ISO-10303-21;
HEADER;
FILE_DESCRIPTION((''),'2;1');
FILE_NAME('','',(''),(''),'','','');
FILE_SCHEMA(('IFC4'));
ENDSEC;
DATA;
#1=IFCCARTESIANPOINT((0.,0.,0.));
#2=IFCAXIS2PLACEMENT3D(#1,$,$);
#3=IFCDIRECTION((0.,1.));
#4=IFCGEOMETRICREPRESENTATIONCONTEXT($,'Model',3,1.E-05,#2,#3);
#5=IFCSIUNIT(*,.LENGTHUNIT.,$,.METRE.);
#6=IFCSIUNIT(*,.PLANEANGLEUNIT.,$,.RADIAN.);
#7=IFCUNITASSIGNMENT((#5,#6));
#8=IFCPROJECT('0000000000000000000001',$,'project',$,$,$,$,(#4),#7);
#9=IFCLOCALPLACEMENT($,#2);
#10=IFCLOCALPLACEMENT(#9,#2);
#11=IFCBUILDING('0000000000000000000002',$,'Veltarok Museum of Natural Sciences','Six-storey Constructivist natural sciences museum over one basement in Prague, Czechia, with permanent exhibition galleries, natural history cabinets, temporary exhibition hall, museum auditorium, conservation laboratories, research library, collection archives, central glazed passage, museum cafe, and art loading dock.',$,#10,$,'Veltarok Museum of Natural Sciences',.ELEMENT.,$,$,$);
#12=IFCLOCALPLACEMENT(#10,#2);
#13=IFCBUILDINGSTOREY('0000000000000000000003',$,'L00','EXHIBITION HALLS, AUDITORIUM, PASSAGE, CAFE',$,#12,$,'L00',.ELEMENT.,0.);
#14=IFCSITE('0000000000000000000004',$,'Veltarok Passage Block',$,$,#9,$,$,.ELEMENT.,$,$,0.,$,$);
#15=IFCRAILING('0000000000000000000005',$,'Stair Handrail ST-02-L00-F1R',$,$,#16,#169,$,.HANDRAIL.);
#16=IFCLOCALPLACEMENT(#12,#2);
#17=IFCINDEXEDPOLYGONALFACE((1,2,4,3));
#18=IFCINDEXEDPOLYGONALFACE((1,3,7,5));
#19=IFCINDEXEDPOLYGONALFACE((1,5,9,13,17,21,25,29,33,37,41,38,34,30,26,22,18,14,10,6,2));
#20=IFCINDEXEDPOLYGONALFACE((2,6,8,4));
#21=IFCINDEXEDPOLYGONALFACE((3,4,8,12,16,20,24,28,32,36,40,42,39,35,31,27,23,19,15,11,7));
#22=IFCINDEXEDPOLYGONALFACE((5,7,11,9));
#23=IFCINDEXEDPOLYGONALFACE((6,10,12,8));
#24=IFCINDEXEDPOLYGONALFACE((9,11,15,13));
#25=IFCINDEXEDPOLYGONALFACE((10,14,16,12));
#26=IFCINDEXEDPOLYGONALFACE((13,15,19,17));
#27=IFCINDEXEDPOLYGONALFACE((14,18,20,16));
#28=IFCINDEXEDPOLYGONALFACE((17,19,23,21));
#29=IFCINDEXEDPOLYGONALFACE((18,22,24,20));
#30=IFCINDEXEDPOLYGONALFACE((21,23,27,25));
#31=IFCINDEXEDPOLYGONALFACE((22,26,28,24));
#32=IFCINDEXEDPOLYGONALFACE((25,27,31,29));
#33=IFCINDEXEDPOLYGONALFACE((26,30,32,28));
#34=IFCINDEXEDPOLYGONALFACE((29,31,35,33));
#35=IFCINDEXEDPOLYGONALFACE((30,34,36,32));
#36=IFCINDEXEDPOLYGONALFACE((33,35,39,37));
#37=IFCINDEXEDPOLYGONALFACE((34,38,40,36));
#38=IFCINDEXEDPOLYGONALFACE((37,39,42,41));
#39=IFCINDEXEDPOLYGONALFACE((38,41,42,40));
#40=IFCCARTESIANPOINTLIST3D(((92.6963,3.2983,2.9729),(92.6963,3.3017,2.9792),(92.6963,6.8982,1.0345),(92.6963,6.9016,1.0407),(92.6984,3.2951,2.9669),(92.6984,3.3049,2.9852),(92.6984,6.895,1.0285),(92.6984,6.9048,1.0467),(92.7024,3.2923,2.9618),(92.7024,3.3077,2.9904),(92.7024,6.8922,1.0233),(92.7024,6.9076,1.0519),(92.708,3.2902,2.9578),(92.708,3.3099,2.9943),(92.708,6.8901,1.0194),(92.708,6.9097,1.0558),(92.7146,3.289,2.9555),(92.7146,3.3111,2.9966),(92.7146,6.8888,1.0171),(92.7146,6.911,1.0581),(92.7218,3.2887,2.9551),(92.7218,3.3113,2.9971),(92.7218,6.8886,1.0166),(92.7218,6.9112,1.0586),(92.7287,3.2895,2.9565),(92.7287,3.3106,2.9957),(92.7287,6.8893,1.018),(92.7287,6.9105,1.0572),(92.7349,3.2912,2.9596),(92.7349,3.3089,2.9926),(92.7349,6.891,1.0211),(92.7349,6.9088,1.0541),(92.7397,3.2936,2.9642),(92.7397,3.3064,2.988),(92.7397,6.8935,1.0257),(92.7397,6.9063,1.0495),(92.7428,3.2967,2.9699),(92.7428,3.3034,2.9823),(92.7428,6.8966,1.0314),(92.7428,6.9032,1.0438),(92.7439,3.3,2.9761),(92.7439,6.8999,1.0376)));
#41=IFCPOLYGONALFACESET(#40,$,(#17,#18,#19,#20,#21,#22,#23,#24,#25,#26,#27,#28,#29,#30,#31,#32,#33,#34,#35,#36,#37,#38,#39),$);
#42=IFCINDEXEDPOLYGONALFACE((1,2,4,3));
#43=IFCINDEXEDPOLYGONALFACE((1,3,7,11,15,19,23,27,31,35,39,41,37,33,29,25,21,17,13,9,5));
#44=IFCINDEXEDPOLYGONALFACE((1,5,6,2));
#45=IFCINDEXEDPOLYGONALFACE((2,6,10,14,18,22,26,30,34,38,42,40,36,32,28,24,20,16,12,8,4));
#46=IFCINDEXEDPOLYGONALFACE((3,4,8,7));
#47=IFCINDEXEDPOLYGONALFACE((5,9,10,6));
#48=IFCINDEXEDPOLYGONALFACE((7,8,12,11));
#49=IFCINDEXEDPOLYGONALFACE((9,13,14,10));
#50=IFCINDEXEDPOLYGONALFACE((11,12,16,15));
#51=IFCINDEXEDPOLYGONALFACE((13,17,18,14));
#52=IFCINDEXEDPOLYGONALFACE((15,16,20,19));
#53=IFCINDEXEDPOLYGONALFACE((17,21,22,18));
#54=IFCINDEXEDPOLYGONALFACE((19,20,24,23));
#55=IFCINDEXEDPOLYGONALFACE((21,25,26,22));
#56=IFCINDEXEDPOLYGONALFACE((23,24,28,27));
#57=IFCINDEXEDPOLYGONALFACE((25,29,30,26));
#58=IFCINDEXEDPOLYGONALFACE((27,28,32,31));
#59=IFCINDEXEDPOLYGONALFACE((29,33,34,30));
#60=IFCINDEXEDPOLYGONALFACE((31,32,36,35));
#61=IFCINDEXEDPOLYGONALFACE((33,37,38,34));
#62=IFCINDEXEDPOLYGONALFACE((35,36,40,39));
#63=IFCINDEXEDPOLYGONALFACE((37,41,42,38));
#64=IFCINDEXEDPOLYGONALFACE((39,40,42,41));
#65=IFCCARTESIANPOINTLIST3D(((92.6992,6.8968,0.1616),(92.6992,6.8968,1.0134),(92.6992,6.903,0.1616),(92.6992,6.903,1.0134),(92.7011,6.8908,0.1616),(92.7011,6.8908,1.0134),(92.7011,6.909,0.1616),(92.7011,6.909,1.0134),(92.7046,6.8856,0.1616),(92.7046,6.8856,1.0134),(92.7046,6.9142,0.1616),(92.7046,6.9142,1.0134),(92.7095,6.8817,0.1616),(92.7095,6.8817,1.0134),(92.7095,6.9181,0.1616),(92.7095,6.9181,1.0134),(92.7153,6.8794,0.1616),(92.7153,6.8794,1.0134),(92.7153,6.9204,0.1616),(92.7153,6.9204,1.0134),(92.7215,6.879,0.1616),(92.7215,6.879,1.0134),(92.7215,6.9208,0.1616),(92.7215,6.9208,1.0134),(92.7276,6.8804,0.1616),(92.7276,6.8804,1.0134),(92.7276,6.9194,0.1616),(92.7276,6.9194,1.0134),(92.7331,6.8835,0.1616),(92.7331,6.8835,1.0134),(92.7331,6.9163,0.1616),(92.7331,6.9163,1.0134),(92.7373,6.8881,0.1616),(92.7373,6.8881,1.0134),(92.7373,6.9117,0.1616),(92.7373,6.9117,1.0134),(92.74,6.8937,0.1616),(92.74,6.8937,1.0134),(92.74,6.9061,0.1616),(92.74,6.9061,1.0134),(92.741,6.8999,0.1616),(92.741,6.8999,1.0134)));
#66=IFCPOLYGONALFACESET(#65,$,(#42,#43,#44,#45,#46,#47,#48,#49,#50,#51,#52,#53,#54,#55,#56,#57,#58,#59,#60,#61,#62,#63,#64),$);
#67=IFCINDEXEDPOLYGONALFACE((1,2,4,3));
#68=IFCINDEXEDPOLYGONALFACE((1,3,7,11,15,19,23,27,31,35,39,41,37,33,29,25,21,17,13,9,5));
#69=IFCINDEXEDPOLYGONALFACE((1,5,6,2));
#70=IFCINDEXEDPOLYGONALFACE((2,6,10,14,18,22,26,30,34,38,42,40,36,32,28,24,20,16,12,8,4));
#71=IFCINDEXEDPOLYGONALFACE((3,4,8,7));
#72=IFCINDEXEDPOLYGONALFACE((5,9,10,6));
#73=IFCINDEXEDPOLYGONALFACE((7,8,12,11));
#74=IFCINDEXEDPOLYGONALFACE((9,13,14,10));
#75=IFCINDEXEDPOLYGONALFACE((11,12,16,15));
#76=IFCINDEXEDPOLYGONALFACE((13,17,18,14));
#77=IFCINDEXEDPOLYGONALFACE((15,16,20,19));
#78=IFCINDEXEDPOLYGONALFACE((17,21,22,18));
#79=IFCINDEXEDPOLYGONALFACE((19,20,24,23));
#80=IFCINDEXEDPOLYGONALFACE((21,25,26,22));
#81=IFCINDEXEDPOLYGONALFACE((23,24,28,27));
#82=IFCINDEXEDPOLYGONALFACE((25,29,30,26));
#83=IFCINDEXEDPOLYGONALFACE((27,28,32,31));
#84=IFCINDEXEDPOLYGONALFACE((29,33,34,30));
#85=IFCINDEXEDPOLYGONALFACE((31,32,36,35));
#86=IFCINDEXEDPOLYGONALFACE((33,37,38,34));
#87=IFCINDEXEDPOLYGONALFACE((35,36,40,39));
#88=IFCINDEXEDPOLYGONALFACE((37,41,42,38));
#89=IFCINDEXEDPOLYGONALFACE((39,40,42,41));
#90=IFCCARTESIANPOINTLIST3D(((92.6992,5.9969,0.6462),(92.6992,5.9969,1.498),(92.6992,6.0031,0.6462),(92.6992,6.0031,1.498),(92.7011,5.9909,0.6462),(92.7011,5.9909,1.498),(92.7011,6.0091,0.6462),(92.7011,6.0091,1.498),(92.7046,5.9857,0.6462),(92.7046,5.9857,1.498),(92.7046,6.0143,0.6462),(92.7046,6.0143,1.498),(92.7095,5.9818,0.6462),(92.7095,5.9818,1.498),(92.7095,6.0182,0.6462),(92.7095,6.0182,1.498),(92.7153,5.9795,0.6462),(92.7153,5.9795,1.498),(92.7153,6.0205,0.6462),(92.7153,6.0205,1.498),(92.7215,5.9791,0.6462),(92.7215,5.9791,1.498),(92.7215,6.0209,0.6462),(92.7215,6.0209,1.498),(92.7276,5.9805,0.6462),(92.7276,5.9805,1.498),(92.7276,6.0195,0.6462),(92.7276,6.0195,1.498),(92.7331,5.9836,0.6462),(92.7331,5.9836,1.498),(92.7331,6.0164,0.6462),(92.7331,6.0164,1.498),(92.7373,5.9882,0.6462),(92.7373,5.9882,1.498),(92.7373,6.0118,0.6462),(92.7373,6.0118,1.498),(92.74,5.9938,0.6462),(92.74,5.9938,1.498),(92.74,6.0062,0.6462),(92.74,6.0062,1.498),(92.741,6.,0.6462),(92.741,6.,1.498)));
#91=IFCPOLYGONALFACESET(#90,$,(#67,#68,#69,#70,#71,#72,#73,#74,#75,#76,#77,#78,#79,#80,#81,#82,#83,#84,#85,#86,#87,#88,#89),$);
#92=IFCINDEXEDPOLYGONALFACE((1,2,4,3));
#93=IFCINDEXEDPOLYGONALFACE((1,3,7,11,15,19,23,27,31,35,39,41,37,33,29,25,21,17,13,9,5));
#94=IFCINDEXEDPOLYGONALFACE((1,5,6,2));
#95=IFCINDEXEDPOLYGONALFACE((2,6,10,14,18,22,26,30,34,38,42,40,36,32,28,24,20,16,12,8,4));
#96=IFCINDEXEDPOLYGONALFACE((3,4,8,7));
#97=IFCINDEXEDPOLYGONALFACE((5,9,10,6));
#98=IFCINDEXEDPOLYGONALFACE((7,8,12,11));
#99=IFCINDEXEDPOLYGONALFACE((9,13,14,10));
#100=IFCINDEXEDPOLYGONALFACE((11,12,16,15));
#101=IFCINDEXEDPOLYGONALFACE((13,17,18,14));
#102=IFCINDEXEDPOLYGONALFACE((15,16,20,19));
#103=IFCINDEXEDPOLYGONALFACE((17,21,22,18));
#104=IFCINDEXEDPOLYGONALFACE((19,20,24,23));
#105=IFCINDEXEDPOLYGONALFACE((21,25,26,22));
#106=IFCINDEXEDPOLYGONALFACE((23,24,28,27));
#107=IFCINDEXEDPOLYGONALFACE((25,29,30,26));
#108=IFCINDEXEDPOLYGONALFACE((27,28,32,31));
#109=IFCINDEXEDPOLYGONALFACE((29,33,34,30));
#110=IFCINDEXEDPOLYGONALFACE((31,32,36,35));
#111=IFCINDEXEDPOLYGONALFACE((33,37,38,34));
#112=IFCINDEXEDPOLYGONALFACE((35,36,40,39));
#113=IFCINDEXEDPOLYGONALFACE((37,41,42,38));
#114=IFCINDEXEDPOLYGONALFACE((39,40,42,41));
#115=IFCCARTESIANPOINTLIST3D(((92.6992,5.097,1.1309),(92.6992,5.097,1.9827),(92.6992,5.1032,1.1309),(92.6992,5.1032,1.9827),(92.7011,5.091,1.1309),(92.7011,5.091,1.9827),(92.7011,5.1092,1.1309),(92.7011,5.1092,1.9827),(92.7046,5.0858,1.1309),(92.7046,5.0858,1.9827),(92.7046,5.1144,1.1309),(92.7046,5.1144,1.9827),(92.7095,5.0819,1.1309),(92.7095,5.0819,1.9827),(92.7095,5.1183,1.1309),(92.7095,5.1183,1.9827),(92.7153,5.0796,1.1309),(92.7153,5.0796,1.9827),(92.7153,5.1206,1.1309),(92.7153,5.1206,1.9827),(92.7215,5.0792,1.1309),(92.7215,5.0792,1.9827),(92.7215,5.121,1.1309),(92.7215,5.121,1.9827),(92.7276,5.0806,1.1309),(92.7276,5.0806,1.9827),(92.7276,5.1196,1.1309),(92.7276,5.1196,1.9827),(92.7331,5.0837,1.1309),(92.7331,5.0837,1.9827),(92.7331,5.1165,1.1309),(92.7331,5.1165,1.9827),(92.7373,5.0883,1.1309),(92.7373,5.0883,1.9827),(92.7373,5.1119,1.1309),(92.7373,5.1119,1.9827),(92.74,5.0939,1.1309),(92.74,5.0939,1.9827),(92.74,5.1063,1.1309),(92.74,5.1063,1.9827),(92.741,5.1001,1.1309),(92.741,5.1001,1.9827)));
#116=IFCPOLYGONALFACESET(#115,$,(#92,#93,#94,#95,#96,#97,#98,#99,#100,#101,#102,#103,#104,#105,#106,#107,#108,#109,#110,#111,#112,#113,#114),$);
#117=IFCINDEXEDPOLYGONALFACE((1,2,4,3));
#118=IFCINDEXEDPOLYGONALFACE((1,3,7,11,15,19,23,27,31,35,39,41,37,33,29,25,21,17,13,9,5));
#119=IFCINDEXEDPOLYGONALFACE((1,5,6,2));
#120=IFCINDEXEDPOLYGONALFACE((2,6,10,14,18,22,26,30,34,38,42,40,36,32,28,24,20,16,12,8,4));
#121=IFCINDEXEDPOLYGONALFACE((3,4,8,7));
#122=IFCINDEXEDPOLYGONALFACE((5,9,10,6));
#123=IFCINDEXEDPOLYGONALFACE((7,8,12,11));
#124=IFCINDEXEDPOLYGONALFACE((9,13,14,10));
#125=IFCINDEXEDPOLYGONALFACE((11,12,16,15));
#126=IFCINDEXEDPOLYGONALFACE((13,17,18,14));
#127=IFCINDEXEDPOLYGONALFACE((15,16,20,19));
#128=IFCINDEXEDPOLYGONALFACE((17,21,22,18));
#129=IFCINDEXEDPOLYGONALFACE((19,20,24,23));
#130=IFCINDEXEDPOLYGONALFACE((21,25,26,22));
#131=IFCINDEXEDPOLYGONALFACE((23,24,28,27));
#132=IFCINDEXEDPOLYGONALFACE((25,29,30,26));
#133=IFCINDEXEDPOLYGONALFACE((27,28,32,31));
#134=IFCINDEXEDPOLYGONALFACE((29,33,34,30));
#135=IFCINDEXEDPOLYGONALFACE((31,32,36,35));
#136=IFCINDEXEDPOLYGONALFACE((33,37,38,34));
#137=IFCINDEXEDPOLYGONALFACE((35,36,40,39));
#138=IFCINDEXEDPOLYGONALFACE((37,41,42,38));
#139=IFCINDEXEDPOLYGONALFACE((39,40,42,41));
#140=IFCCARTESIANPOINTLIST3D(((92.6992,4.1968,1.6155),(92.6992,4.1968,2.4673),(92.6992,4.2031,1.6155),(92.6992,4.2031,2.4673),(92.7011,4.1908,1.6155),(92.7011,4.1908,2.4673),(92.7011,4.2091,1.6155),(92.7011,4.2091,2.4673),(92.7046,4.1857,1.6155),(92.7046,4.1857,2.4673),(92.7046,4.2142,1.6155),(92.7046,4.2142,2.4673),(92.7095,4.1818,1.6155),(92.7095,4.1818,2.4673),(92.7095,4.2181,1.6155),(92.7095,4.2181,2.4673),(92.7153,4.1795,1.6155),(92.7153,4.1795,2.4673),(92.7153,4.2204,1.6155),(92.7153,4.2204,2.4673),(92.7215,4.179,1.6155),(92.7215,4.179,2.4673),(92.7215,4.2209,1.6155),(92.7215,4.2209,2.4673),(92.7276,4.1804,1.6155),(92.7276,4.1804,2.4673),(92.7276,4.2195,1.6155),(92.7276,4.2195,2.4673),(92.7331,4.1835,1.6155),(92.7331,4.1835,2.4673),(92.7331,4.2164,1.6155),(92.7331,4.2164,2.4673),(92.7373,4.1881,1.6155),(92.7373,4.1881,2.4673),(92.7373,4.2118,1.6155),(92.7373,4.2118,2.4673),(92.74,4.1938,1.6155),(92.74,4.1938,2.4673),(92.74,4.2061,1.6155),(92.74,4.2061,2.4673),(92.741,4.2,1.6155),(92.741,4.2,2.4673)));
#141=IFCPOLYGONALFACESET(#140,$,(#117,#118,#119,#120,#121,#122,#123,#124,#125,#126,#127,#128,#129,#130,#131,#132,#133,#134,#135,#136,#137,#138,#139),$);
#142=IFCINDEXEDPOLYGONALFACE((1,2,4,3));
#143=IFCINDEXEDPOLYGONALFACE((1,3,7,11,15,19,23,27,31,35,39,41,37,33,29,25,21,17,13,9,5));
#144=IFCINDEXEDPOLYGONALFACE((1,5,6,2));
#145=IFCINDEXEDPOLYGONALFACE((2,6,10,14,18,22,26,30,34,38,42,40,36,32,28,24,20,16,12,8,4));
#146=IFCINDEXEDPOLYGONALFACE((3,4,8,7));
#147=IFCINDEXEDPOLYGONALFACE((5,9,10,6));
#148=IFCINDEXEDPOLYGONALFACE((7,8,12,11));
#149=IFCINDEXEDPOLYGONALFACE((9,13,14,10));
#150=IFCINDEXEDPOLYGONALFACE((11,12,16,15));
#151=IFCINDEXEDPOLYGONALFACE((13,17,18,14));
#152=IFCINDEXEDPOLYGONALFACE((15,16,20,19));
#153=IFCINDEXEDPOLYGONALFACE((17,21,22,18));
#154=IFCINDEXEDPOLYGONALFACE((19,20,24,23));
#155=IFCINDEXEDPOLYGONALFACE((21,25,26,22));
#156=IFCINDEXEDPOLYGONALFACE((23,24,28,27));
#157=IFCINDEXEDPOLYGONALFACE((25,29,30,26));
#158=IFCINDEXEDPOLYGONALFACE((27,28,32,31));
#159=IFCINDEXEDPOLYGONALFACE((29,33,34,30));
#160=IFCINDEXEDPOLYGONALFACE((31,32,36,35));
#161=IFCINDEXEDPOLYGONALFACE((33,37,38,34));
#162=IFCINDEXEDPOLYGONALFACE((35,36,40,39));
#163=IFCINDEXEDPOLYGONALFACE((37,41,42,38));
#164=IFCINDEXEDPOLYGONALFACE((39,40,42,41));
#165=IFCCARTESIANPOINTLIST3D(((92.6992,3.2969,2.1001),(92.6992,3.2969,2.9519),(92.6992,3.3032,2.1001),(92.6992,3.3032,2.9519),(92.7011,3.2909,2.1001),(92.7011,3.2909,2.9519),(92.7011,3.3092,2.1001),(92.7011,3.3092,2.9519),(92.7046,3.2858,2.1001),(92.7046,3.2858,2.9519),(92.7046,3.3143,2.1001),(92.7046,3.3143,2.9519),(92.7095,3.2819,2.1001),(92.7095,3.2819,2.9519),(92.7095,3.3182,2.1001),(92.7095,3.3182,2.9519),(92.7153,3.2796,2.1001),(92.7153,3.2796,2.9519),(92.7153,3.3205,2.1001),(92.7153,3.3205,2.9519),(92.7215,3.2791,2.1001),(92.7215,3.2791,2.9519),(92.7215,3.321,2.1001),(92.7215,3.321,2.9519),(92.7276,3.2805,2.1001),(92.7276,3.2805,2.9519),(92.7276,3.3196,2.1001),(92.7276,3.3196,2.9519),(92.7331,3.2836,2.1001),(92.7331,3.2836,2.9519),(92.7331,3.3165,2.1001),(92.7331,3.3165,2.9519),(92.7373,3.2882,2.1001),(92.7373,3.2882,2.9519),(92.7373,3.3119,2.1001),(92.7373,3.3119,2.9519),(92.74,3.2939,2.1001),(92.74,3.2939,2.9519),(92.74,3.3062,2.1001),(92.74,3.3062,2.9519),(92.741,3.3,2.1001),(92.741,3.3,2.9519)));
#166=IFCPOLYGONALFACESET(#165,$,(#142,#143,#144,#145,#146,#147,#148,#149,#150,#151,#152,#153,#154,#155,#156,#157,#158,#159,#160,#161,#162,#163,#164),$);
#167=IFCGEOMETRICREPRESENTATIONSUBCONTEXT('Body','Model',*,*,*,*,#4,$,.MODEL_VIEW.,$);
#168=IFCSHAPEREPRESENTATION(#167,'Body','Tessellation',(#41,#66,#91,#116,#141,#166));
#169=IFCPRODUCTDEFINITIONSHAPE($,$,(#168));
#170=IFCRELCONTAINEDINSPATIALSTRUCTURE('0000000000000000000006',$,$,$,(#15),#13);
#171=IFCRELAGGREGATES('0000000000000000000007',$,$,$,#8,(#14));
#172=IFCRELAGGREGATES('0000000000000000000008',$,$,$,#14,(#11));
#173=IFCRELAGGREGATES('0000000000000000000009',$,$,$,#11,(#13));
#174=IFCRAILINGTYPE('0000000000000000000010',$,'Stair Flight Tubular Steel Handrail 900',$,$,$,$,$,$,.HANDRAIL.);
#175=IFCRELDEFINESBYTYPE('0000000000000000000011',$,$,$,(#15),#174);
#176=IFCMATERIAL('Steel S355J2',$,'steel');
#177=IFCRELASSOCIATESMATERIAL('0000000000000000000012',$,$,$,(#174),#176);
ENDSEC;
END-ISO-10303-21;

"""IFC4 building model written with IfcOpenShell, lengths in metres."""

from ifc_helpers import new_model, si_unit, direction, frame, origin, origin_2d, place, context, subcontext, project, spatial, circle, extrude, material, type_object, element, save


model = new_model("IFC4")

# Units and contexts
model_context = context("Model", 3, precision=1e-05, world=origin(), true_north=direction((0.0, 1.0)))
body_context = subcontext(model_context, "Body", "Model", "MODEL_VIEW")
ifc_project = project(units=[si_unit("LENGTHUNIT", "METRE"), si_unit("PLANEANGLEUNIT", "RADIAN")], contexts=[model_context])

# Site, building, storey
site_placement = place(None, origin())
site = spatial("IfcSite", under=ifc_project, at=site_placement, Name="Veltarok Passage Block", CompositionType="ELEMENT", RefElevation=0.0)
building_placement = place(site_placement, origin())
building = spatial("IfcBuilding", under=site, at=building_placement, Name="Veltarok Museum of Natural Sciences", Description="Six-storey Constructivist natural sciences museum over one basement in Prague, Czechia, with permanent exhibition galleries, natural history cabinets, temporary exhibition hall, museum auditorium, conservation laboratories, research library, collection archives, central glazed passage, museum cafe, and art loading dock.", LongName="Veltarok Museum of Natural Sciences", CompositionType="ELEMENT")
storey_placement = place(building_placement, origin())
storey = spatial("IfcBuildingStorey", under=building, at=storey_placement, Name="L00", Description="EXHIBITION HALLS, AUDITORIUM, PASSAGE, CAFE", LongName="L00", CompositionType="ELEMENT", Elevation=0.0)

# Railing
ifc_material_1 = material(Name="Steel S355J2", Category="steel")
railing_type_1 = type_object("IfcRailingType", Name="Stair Flight Tubular Steel Handrail 900", PredefinedType="HANDRAIL", material=ifc_material_1)
railing_1_placement = place(storey_placement, frame((92.72, 6.8999, 0.1616)))
element("IfcRailing", 1, at=railing_1_placement, inside=storey, type_object=railing_type_1, Name="Stair Handrail ST-02-L00-F1R", PredefinedType="HANDRAIL", context=body_context, shape_type="SweptSolid", body=[
    extrude(circle(Radius=0.0239, at=origin_2d()), frame((0.0, 0.0, 0.876), z_axis=(0.0, -0.880462, 0.474118), x_axis=(1.0, 0.0, 0.0)), (0.0, 0.0, 1.0), 4.0886),
    extrude(circle(Radius=0.021, at=origin_2d()), origin(), (0.0, 0.0, 1.0), 0.8518),
    extrude(circle(Radius=0.021, at=origin_2d()), frame((0.0, -0.8999, 0.4846)), (0.0, 0.0, 1.0), 0.8518),
    extrude(circle(Radius=0.021, at=origin_2d()), frame((0.0, -1.7998, 0.9692)), (0.0, 0.0, 1.0), 0.8518),
    extrude(circle(Radius=0.021, at=origin_2d()), frame((0.0, -2.7, 1.4539)), (0.0, 0.0, 1.0), 0.8518),
    extrude(circle(Radius=0.021, at=origin_2d()), frame((0.0, -3.5999, 1.9385)), (0.0, 0.0, 1.0), 0.8518),
])

save(model, "model.ifc")
